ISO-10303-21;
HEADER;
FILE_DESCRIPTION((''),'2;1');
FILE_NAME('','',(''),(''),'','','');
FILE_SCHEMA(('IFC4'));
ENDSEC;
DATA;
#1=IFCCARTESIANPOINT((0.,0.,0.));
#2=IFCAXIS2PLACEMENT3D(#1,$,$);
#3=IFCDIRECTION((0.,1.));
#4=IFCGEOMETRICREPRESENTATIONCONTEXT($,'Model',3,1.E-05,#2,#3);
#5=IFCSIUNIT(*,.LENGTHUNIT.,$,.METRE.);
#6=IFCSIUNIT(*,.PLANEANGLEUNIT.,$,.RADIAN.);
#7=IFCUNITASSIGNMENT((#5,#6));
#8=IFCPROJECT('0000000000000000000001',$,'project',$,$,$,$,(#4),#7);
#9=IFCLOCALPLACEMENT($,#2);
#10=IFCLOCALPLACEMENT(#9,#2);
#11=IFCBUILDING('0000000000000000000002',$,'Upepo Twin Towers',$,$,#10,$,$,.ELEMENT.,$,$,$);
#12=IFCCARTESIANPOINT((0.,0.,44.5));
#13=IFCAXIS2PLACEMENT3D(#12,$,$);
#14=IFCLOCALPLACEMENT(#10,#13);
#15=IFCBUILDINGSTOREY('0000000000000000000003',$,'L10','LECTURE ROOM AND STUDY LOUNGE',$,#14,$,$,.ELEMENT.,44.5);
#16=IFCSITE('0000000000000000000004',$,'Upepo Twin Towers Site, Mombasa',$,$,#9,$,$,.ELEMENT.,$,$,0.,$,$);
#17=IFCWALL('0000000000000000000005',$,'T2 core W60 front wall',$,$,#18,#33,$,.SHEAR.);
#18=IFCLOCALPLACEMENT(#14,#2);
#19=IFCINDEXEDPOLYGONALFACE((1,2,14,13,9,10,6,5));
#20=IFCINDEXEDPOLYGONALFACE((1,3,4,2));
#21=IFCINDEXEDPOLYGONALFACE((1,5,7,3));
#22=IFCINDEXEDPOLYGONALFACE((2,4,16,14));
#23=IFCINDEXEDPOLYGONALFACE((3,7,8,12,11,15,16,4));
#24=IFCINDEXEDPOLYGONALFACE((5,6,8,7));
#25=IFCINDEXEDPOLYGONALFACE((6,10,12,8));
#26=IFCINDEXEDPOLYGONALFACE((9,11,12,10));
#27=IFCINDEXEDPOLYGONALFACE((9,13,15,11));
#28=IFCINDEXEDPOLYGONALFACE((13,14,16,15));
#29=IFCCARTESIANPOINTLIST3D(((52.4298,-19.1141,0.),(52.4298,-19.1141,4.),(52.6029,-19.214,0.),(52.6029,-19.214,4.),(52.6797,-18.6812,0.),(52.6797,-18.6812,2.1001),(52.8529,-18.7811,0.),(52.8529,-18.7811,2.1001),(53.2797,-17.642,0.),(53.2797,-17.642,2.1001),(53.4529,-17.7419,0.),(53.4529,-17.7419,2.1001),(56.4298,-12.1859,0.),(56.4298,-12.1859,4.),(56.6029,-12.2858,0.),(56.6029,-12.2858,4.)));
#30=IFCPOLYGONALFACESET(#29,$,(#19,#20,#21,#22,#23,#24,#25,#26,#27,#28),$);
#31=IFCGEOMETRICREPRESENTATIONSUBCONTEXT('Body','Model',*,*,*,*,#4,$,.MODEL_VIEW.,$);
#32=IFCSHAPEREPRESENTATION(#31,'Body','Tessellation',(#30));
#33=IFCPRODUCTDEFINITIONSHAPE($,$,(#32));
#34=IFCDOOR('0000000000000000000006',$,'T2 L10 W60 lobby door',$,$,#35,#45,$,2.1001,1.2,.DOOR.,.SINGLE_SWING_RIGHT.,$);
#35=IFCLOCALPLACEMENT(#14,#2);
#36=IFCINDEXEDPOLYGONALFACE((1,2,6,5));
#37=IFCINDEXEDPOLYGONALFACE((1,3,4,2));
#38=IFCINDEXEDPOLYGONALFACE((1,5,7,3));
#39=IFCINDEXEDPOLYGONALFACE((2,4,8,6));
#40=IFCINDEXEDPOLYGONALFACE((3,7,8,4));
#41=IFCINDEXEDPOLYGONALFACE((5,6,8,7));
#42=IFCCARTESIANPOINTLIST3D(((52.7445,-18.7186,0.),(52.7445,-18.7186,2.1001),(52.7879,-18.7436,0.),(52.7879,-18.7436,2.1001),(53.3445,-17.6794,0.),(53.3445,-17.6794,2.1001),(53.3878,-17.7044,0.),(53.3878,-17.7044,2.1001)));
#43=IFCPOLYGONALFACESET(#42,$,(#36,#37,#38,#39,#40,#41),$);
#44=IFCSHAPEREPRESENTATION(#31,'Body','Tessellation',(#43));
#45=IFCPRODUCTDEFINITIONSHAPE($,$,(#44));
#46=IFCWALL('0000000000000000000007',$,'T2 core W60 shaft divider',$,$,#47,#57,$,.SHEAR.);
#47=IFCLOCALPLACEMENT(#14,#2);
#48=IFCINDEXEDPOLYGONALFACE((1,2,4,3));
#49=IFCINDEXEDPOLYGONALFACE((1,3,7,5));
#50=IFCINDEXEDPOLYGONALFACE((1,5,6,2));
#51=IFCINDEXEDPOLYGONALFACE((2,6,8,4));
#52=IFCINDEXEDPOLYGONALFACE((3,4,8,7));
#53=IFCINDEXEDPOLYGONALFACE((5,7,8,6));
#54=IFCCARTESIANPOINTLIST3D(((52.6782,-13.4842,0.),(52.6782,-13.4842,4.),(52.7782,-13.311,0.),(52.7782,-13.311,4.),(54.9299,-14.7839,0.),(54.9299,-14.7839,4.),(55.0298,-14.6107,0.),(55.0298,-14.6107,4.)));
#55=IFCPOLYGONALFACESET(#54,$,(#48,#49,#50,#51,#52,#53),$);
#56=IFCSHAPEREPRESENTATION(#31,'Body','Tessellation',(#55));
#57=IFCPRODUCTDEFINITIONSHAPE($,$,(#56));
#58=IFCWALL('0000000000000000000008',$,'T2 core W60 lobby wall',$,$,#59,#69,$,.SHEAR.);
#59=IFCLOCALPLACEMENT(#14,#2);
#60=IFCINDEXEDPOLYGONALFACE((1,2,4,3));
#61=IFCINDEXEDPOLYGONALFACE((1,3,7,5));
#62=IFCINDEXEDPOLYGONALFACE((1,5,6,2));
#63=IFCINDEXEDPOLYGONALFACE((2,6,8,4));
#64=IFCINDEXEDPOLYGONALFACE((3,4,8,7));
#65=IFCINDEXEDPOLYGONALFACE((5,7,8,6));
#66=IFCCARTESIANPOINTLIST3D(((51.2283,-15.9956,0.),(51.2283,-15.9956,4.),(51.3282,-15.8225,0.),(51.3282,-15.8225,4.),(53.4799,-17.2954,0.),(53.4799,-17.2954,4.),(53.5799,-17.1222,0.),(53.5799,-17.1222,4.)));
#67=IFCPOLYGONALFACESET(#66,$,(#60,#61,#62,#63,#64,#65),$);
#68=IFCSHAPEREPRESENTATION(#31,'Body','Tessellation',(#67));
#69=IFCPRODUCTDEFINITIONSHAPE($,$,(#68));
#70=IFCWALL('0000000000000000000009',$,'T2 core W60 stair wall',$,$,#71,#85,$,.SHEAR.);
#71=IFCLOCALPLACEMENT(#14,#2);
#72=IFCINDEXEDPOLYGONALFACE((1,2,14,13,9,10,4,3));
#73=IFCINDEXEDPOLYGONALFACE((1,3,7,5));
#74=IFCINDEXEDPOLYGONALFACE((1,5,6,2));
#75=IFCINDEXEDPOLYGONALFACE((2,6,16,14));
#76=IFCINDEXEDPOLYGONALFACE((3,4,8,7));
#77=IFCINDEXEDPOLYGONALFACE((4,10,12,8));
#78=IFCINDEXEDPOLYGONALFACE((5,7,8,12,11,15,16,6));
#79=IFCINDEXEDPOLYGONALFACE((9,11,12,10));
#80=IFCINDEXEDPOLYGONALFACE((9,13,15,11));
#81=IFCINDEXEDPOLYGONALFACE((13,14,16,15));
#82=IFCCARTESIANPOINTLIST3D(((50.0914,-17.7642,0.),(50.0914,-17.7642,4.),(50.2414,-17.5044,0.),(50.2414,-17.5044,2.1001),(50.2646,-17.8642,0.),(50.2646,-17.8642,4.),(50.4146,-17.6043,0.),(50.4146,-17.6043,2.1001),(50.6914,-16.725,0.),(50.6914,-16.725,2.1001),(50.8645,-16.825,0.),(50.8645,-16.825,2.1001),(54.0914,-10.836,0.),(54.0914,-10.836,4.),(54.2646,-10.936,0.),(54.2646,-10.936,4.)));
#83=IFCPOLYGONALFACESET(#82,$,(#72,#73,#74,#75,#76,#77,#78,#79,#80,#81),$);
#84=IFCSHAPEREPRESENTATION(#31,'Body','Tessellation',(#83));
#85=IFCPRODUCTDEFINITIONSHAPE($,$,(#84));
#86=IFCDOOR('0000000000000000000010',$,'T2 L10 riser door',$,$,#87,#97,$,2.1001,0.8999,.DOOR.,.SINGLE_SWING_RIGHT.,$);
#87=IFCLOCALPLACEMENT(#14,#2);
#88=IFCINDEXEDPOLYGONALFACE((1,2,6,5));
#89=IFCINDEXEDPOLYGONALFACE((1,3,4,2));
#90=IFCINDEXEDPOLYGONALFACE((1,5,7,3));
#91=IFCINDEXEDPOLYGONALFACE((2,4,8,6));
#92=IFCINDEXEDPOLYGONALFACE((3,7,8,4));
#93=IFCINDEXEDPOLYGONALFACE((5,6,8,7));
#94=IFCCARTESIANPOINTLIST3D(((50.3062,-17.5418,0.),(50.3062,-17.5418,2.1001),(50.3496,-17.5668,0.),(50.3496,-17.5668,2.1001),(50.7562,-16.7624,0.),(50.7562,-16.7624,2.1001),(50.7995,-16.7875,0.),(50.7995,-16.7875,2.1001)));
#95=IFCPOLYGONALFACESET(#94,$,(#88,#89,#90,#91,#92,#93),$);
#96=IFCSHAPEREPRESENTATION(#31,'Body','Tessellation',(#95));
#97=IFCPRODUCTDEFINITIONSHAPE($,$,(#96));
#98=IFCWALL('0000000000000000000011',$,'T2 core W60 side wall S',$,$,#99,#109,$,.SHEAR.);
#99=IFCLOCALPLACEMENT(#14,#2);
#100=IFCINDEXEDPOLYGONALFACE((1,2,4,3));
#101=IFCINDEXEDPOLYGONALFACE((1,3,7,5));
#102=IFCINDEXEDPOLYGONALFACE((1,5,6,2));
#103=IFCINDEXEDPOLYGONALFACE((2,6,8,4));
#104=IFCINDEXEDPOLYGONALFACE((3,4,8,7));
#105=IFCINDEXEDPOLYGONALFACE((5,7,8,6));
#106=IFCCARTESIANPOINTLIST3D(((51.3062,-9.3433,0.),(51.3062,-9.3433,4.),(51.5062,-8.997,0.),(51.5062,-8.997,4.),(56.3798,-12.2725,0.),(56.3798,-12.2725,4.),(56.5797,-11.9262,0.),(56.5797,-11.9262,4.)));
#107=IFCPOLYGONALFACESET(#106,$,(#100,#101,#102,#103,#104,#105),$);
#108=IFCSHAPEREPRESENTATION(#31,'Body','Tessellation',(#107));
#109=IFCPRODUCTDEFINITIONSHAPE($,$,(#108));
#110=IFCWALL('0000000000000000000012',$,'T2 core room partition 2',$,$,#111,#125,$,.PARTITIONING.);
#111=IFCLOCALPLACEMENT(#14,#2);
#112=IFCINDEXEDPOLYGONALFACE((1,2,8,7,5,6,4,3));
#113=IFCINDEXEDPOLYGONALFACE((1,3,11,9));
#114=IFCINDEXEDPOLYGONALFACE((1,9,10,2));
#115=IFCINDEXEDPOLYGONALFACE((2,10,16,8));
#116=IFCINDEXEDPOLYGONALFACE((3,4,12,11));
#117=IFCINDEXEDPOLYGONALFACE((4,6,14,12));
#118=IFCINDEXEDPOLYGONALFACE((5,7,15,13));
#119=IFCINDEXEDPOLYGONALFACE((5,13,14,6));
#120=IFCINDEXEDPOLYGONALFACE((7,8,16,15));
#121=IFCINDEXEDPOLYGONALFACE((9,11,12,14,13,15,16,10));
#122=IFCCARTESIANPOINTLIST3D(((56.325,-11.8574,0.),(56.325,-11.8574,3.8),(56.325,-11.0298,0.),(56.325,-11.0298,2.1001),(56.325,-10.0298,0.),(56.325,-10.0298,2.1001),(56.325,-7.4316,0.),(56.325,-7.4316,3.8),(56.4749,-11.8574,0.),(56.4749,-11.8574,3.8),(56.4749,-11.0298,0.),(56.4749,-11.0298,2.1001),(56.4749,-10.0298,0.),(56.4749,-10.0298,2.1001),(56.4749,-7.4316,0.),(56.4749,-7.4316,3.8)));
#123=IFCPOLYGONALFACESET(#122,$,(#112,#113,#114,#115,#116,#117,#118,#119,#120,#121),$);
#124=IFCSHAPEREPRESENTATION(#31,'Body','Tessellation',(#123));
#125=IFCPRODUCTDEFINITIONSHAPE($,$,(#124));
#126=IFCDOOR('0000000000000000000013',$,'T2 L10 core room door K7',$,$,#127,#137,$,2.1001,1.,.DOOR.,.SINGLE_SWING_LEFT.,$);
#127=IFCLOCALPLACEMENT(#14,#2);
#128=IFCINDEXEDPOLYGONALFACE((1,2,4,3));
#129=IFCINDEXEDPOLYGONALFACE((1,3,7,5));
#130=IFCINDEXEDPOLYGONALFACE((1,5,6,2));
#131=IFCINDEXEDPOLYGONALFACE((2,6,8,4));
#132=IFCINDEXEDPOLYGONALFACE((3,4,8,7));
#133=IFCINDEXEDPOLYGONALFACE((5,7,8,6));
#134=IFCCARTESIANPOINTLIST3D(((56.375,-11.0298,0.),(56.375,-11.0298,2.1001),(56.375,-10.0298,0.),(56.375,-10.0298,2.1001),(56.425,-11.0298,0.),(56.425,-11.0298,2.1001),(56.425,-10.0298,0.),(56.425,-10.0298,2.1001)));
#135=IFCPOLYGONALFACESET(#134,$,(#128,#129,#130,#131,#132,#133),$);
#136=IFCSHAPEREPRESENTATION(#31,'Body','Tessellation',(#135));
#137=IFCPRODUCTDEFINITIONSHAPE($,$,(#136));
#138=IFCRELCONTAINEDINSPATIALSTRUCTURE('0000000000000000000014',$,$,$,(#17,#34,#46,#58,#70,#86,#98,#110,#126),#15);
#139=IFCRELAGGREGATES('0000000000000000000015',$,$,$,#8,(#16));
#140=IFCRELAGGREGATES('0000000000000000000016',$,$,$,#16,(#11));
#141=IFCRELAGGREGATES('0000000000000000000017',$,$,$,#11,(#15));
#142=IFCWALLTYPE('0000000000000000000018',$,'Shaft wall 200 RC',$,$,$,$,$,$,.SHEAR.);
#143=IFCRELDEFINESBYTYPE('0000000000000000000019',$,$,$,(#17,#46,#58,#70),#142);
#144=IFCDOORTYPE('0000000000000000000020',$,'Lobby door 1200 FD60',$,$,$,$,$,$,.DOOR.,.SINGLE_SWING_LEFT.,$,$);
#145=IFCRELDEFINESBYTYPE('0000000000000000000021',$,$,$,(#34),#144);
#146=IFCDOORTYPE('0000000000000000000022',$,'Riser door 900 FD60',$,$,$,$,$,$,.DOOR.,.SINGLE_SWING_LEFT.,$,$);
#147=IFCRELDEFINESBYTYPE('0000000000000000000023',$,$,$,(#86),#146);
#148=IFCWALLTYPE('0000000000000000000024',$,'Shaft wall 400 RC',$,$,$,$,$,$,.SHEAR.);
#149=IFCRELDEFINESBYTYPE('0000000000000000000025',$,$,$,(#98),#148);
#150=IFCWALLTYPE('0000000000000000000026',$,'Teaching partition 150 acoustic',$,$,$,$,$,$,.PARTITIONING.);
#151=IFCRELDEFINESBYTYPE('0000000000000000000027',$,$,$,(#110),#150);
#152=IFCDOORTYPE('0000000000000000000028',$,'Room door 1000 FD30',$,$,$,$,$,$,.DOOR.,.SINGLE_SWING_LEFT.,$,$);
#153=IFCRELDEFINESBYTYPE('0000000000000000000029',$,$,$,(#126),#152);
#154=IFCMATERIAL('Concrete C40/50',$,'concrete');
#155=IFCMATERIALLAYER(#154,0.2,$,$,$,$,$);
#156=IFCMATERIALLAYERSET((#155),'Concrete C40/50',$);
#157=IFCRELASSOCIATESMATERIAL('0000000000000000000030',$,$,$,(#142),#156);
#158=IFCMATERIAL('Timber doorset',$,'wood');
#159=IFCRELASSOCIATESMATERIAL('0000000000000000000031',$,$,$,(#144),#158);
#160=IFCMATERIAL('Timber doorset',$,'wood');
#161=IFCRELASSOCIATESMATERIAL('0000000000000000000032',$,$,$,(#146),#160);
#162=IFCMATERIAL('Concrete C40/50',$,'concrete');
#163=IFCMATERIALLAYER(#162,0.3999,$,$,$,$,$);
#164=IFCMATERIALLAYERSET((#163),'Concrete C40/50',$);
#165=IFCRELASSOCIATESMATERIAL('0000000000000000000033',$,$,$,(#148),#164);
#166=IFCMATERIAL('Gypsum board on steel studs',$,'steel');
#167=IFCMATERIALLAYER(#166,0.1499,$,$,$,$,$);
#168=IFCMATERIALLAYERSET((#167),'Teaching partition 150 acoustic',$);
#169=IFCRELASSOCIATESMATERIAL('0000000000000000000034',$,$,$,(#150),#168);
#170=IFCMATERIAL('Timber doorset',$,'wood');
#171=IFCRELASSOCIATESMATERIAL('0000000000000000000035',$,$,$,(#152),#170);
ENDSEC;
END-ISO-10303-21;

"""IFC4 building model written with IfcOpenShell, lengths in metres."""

from ifc_helpers import new_model, si_unit, direction, frame, frame_2d, origin, place, context, subcontext, project, spatial, rectangle, extrude, material, layer, layer_set, type_object, element, fill, save


model = new_model("IFC4")

# Units and contexts
model_context = context("Model", 3, precision=1e-05, world=origin(), true_north=direction((0.0, 1.0)))
body_context = subcontext(model_context, "Body", "Model", "MODEL_VIEW")
ifc_project = project(units=[si_unit("LENGTHUNIT", "METRE"), si_unit("PLANEANGLEUNIT", "RADIAN")], contexts=[model_context])

# Site, building, storey
site_placement = place(None, origin())
site = spatial("IfcSite", under=ifc_project, at=site_placement, Name="Upepo Twin Towers Site, Mombasa", CompositionType="ELEMENT", RefElevation=0.0)
building_placement = place(site_placement, origin())
building = spatial("IfcBuilding", under=site, at=building_placement, Name="Upepo Twin Towers", CompositionType="ELEMENT")
storey_placement = place(building_placement, frame((0.0, 0.0, 44.5)))
storey = spatial("IfcBuildingStorey", under=building, at=storey_placement, Name="L10", Description="LECTURE ROOM AND STUDY LOUNGE", CompositionType="ELEMENT", Elevation=44.5)

# Wall, opening, door
ifc_material_1 = material(Name="Concrete C40/50", Category="concrete")
ifc_layer_1 = layer(ifc_material_1, 0.2)
ifc_layer_set_1 = layer_set([ifc_layer_1], Name="Concrete C40/50")
wall_type_1 = type_object("IfcWallType", Name="Shaft wall 200 RC", PredefinedType="SHEAR", material=ifc_layer_set_1)
wall_1_placement = place(storey_placement, frame((56.5164, -12.2358, 0.0), z_axis=(0.0, 0.0, 1.0), x_axis=(-0.499999, -0.866026, 0.0)))
wall_1 = element("IfcWall", 1, at=wall_1_placement, inside=storey, type_object=wall_type_1, Name="T2 core W60 front wall", PredefinedType="SHEAR", context=body_context, shape_type="SweptSolid", body=[
    extrude(rectangle(XDim=8.0, YDim=0.2, at=frame_2d((4.0, 0.0))), origin(), (0.0, 0.0, 1.0), 4.0),
])
opening_1_placement = place(wall_1_placement, frame((6.3, 0.0, 0.0)))
opening_1 = element("IfcOpeningElement", 2, at=opening_1_placement, cuts=wall_1, PredefinedType="OPENING", context=body_context, shape_type="SweptSolid", body=[
    extrude(rectangle(XDim=1.2, YDim=2.1001, at=frame_2d((0.6001, 1.05))), frame((0.0, 0.1099, 0.0), z_axis=(0.0, -1.0, 0.0), x_axis=(1.0, 0.0, 0.0)), (0.0, 0.0, 1.0), 0.22),
])
ifc_material_2 = material(Name="Timber doorset", Category="wood")
door_type_1 = type_object("IfcDoorType", Name="Lobby door 1200 FD60", OperationType="SINGLE_SWING_LEFT", PredefinedType="DOOR", material=ifc_material_2)
door_1_placement = place(opening_1_placement, origin())
door_1 = element("IfcDoor", 3, at=door_1_placement, inside=storey, type_object=door_type_1, Name="T2 L10 W60 lobby door", OperationType="SINGLE_SWING_RIGHT", OverallHeight=2.1001, OverallWidth=1.2, PredefinedType="DOOR", context=body_context, shape_type="SweptSolid", body=[
    extrude(rectangle(XDim=1.2, YDim=2.1001, at=frame_2d((0.6001, 1.05))), frame((0.0, 0.0249, 0.0), z_axis=(0.0, -1.0, 0.0), x_axis=(1.0, 0.0, 0.0)), (0.0, 0.0, 1.0), 0.05),
])
fill(opening_1, door_1)

# Walls
for number, where, z_axis, x_axis, name in (
    (4, (54.9797, -14.6973, 0.0), (0.0, 0.0, 1.0), (-0.866062, 0.499937, 0.0), "T2 core W60 shaft divider"),
    (5, (53.5298, -17.2087, 0.0), (0.0, 0.0, 1.0), (-0.866062, 0.499937, 0.0), "T2 core W60 lobby wall"),
):
    element("IfcWall", number, at=place(storey_placement, frame(where, z_axis=z_axis, x_axis=x_axis)), inside=storey, type_object=wall_type_1, Name=name, PredefinedType="SHEAR", context=body_context, shape_type="SweptSolid", body=[
        extrude(rectangle(XDim=2.5999, YDim=0.2, at=frame_2d((1.2998, 0.0))), origin(), (0.0, 0.0, 1.0), 4.0),
    ])

# Wall, opening, door
wall_2_placement = place(storey_placement, frame((54.178, -10.886, 0.0), z_axis=(0.0, 0.0, 1.0), x_axis=(-0.499999, -0.866026, 0.0)))
wall_2 = element("IfcWall", 6, at=wall_2_placement, inside=storey, type_object=wall_type_1, Name="T2 core W60 stair wall", PredefinedType="SHEAR", context=body_context, shape_type="SweptSolid", body=[
    extrude(rectangle(XDim=8.0, YDim=0.2, at=frame_2d((4.0, 0.0))), origin(), (0.0, 0.0, 1.0), 4.0),
])
opening_2_placement = place(wall_2_placement, frame((6.8, 0.0, 0.0)))
opening_2 = element("IfcOpeningElement", 7, at=opening_2_placement, cuts=wall_2, PredefinedType="OPENING", context=body_context, shape_type="SweptSolid", body=[
    extrude(rectangle(XDim=0.8999, YDim=2.1001, at=frame_2d((0.45, 1.05))), frame((0.0, 0.1099, 0.0), z_axis=(0.0, -1.0, 0.0), x_axis=(1.0, 0.0, 0.0)), (0.0, 0.0, 1.0), 0.22),
])
ifc_material_3 = material(Name="Timber doorset", Category="wood")
door_type_2 = type_object("IfcDoorType", Name="Riser door 900 FD60", OperationType="SINGLE_SWING_LEFT", PredefinedType="DOOR", material=ifc_material_3)
door_2_placement = place(opening_2_placement, origin())
door_2 = element("IfcDoor", 8, at=door_2_placement, inside=storey, type_object=door_type_2, Name="T2 L10 riser door", OperationType="SINGLE_SWING_RIGHT", OverallHeight=2.1001, OverallWidth=0.8999, PredefinedType="DOOR", context=body_context, shape_type="SweptSolid", body=[
    extrude(rectangle(XDim=0.8999, YDim=2.1001, at=frame_2d((0.45, 1.05))), frame((0.0, 0.0249, 0.0), z_axis=(0.0, -1.0, 0.0), x_axis=(1.0, 0.0, 0.0)), (0.0, 0.0, 1.0), 0.05),
])
fill(opening_2, door_2)

# Wall
ifc_material_4 = material(Name="Concrete C40/50", Category="concrete")
ifc_layer_2 = layer(ifc_material_4, 0.3999)
ifc_layer_set_2 = layer_set([ifc_layer_2], Name="Concrete C40/50")
wall_type_2 = type_object("IfcWallType", Name="Shaft wall 400 RC", PredefinedType="SHEAR", material=ifc_layer_set_2)
wall_3_placement = place(storey_placement, frame((56.4797, -12.0994, 0.0), z_axis=(0.0, 0.0, 1.0), x_axis=(-0.866024, 0.500003, 0.0)))
element("IfcWall", 9, at=wall_3_placement, inside=storey, type_object=wall_type_2, Name="T2 core W60 side wall S", PredefinedType="SHEAR", context=body_context, shape_type="SweptSolid", body=[
    extrude(rectangle(XDim=5.8584, YDim=0.3999, at=frame_2d((2.9292, 0.0))), origin(), (0.0, 0.0, 1.0), 4.0),
])

# Wall, opening, door
ifc_material_5 = material(Name="Gypsum board on steel studs", Category="steel")
ifc_layer_3 = layer(ifc_material_5, 0.1499)
ifc_layer_set_3 = layer_set([ifc_layer_3], Name="Teaching partition 150 acoustic")
wall_type_3 = type_object("IfcWallType", Name="Teaching partition 150 acoustic", PredefinedType="PARTITIONING", material=ifc_layer_set_3)
wall_4_placement = place(storey_placement, frame((56.3999, -11.8574, 0.0), z_axis=(0.0, 0.0, 1.0), x_axis=(0.0, 1.0, 0.0)))
wall_4 = element("IfcWall", 10, at=wall_4_placement, inside=storey, type_object=wall_type_3, Name="T2 core room partition 2", PredefinedType="PARTITIONING", context=body_context, shape_type="SweptSolid", body=[
    extrude(rectangle(XDim=4.4258, YDim=0.1499, at=frame_2d((2.2129, 0.0))), origin(), (0.0, 0.0, 1.0), 3.8),
])
opening_3_placement = place(wall_4_placement, frame((0.8276, 0.0, 0.0)))
opening_3 = element("IfcOpeningElement", 11, at=opening_3_placement, cuts=wall_4, PredefinedType="OPENING", context=body_context, shape_type="SweptSolid", body=[
    extrude(rectangle(XDim=1.0, YDim=2.1001, at=frame_2d((0.5, 1.05))), frame((0.0, 0.085, 0.0), z_axis=(0.0, -1.0, 0.0), x_axis=(1.0, 0.0, 0.0)), (0.0, 0.0, 1.0), 0.1699),
])
ifc_material_6 = material(Name="Timber doorset", Category="wood")
door_type_3 = type_object("IfcDoorType", Name="Room door 1000 FD30", OperationType="SINGLE_SWING_LEFT", PredefinedType="DOOR", material=ifc_material_6)
door_3_placement = place(opening_3_placement, origin())
door_3 = element("IfcDoor", 12, at=door_3_placement, inside=storey, type_object=door_type_3, Name="T2 L10 core room door K7", OperationType="SINGLE_SWING_LEFT", OverallHeight=2.1001, OverallWidth=1.0, PredefinedType="DOOR", context=body_context, shape_type="SweptSolid", body=[
    extrude(rectangle(XDim=1.0, YDim=2.1001, at=frame_2d((0.5, 1.05))), frame((0.0, 0.0249, 0.0), z_axis=(0.0, -1.0, 0.0), x_axis=(1.0, 0.0, 0.0)), (0.0, 0.0, 1.0), 0.05),
])
fill(opening_3, door_3)

save(model, "model.ifc")
